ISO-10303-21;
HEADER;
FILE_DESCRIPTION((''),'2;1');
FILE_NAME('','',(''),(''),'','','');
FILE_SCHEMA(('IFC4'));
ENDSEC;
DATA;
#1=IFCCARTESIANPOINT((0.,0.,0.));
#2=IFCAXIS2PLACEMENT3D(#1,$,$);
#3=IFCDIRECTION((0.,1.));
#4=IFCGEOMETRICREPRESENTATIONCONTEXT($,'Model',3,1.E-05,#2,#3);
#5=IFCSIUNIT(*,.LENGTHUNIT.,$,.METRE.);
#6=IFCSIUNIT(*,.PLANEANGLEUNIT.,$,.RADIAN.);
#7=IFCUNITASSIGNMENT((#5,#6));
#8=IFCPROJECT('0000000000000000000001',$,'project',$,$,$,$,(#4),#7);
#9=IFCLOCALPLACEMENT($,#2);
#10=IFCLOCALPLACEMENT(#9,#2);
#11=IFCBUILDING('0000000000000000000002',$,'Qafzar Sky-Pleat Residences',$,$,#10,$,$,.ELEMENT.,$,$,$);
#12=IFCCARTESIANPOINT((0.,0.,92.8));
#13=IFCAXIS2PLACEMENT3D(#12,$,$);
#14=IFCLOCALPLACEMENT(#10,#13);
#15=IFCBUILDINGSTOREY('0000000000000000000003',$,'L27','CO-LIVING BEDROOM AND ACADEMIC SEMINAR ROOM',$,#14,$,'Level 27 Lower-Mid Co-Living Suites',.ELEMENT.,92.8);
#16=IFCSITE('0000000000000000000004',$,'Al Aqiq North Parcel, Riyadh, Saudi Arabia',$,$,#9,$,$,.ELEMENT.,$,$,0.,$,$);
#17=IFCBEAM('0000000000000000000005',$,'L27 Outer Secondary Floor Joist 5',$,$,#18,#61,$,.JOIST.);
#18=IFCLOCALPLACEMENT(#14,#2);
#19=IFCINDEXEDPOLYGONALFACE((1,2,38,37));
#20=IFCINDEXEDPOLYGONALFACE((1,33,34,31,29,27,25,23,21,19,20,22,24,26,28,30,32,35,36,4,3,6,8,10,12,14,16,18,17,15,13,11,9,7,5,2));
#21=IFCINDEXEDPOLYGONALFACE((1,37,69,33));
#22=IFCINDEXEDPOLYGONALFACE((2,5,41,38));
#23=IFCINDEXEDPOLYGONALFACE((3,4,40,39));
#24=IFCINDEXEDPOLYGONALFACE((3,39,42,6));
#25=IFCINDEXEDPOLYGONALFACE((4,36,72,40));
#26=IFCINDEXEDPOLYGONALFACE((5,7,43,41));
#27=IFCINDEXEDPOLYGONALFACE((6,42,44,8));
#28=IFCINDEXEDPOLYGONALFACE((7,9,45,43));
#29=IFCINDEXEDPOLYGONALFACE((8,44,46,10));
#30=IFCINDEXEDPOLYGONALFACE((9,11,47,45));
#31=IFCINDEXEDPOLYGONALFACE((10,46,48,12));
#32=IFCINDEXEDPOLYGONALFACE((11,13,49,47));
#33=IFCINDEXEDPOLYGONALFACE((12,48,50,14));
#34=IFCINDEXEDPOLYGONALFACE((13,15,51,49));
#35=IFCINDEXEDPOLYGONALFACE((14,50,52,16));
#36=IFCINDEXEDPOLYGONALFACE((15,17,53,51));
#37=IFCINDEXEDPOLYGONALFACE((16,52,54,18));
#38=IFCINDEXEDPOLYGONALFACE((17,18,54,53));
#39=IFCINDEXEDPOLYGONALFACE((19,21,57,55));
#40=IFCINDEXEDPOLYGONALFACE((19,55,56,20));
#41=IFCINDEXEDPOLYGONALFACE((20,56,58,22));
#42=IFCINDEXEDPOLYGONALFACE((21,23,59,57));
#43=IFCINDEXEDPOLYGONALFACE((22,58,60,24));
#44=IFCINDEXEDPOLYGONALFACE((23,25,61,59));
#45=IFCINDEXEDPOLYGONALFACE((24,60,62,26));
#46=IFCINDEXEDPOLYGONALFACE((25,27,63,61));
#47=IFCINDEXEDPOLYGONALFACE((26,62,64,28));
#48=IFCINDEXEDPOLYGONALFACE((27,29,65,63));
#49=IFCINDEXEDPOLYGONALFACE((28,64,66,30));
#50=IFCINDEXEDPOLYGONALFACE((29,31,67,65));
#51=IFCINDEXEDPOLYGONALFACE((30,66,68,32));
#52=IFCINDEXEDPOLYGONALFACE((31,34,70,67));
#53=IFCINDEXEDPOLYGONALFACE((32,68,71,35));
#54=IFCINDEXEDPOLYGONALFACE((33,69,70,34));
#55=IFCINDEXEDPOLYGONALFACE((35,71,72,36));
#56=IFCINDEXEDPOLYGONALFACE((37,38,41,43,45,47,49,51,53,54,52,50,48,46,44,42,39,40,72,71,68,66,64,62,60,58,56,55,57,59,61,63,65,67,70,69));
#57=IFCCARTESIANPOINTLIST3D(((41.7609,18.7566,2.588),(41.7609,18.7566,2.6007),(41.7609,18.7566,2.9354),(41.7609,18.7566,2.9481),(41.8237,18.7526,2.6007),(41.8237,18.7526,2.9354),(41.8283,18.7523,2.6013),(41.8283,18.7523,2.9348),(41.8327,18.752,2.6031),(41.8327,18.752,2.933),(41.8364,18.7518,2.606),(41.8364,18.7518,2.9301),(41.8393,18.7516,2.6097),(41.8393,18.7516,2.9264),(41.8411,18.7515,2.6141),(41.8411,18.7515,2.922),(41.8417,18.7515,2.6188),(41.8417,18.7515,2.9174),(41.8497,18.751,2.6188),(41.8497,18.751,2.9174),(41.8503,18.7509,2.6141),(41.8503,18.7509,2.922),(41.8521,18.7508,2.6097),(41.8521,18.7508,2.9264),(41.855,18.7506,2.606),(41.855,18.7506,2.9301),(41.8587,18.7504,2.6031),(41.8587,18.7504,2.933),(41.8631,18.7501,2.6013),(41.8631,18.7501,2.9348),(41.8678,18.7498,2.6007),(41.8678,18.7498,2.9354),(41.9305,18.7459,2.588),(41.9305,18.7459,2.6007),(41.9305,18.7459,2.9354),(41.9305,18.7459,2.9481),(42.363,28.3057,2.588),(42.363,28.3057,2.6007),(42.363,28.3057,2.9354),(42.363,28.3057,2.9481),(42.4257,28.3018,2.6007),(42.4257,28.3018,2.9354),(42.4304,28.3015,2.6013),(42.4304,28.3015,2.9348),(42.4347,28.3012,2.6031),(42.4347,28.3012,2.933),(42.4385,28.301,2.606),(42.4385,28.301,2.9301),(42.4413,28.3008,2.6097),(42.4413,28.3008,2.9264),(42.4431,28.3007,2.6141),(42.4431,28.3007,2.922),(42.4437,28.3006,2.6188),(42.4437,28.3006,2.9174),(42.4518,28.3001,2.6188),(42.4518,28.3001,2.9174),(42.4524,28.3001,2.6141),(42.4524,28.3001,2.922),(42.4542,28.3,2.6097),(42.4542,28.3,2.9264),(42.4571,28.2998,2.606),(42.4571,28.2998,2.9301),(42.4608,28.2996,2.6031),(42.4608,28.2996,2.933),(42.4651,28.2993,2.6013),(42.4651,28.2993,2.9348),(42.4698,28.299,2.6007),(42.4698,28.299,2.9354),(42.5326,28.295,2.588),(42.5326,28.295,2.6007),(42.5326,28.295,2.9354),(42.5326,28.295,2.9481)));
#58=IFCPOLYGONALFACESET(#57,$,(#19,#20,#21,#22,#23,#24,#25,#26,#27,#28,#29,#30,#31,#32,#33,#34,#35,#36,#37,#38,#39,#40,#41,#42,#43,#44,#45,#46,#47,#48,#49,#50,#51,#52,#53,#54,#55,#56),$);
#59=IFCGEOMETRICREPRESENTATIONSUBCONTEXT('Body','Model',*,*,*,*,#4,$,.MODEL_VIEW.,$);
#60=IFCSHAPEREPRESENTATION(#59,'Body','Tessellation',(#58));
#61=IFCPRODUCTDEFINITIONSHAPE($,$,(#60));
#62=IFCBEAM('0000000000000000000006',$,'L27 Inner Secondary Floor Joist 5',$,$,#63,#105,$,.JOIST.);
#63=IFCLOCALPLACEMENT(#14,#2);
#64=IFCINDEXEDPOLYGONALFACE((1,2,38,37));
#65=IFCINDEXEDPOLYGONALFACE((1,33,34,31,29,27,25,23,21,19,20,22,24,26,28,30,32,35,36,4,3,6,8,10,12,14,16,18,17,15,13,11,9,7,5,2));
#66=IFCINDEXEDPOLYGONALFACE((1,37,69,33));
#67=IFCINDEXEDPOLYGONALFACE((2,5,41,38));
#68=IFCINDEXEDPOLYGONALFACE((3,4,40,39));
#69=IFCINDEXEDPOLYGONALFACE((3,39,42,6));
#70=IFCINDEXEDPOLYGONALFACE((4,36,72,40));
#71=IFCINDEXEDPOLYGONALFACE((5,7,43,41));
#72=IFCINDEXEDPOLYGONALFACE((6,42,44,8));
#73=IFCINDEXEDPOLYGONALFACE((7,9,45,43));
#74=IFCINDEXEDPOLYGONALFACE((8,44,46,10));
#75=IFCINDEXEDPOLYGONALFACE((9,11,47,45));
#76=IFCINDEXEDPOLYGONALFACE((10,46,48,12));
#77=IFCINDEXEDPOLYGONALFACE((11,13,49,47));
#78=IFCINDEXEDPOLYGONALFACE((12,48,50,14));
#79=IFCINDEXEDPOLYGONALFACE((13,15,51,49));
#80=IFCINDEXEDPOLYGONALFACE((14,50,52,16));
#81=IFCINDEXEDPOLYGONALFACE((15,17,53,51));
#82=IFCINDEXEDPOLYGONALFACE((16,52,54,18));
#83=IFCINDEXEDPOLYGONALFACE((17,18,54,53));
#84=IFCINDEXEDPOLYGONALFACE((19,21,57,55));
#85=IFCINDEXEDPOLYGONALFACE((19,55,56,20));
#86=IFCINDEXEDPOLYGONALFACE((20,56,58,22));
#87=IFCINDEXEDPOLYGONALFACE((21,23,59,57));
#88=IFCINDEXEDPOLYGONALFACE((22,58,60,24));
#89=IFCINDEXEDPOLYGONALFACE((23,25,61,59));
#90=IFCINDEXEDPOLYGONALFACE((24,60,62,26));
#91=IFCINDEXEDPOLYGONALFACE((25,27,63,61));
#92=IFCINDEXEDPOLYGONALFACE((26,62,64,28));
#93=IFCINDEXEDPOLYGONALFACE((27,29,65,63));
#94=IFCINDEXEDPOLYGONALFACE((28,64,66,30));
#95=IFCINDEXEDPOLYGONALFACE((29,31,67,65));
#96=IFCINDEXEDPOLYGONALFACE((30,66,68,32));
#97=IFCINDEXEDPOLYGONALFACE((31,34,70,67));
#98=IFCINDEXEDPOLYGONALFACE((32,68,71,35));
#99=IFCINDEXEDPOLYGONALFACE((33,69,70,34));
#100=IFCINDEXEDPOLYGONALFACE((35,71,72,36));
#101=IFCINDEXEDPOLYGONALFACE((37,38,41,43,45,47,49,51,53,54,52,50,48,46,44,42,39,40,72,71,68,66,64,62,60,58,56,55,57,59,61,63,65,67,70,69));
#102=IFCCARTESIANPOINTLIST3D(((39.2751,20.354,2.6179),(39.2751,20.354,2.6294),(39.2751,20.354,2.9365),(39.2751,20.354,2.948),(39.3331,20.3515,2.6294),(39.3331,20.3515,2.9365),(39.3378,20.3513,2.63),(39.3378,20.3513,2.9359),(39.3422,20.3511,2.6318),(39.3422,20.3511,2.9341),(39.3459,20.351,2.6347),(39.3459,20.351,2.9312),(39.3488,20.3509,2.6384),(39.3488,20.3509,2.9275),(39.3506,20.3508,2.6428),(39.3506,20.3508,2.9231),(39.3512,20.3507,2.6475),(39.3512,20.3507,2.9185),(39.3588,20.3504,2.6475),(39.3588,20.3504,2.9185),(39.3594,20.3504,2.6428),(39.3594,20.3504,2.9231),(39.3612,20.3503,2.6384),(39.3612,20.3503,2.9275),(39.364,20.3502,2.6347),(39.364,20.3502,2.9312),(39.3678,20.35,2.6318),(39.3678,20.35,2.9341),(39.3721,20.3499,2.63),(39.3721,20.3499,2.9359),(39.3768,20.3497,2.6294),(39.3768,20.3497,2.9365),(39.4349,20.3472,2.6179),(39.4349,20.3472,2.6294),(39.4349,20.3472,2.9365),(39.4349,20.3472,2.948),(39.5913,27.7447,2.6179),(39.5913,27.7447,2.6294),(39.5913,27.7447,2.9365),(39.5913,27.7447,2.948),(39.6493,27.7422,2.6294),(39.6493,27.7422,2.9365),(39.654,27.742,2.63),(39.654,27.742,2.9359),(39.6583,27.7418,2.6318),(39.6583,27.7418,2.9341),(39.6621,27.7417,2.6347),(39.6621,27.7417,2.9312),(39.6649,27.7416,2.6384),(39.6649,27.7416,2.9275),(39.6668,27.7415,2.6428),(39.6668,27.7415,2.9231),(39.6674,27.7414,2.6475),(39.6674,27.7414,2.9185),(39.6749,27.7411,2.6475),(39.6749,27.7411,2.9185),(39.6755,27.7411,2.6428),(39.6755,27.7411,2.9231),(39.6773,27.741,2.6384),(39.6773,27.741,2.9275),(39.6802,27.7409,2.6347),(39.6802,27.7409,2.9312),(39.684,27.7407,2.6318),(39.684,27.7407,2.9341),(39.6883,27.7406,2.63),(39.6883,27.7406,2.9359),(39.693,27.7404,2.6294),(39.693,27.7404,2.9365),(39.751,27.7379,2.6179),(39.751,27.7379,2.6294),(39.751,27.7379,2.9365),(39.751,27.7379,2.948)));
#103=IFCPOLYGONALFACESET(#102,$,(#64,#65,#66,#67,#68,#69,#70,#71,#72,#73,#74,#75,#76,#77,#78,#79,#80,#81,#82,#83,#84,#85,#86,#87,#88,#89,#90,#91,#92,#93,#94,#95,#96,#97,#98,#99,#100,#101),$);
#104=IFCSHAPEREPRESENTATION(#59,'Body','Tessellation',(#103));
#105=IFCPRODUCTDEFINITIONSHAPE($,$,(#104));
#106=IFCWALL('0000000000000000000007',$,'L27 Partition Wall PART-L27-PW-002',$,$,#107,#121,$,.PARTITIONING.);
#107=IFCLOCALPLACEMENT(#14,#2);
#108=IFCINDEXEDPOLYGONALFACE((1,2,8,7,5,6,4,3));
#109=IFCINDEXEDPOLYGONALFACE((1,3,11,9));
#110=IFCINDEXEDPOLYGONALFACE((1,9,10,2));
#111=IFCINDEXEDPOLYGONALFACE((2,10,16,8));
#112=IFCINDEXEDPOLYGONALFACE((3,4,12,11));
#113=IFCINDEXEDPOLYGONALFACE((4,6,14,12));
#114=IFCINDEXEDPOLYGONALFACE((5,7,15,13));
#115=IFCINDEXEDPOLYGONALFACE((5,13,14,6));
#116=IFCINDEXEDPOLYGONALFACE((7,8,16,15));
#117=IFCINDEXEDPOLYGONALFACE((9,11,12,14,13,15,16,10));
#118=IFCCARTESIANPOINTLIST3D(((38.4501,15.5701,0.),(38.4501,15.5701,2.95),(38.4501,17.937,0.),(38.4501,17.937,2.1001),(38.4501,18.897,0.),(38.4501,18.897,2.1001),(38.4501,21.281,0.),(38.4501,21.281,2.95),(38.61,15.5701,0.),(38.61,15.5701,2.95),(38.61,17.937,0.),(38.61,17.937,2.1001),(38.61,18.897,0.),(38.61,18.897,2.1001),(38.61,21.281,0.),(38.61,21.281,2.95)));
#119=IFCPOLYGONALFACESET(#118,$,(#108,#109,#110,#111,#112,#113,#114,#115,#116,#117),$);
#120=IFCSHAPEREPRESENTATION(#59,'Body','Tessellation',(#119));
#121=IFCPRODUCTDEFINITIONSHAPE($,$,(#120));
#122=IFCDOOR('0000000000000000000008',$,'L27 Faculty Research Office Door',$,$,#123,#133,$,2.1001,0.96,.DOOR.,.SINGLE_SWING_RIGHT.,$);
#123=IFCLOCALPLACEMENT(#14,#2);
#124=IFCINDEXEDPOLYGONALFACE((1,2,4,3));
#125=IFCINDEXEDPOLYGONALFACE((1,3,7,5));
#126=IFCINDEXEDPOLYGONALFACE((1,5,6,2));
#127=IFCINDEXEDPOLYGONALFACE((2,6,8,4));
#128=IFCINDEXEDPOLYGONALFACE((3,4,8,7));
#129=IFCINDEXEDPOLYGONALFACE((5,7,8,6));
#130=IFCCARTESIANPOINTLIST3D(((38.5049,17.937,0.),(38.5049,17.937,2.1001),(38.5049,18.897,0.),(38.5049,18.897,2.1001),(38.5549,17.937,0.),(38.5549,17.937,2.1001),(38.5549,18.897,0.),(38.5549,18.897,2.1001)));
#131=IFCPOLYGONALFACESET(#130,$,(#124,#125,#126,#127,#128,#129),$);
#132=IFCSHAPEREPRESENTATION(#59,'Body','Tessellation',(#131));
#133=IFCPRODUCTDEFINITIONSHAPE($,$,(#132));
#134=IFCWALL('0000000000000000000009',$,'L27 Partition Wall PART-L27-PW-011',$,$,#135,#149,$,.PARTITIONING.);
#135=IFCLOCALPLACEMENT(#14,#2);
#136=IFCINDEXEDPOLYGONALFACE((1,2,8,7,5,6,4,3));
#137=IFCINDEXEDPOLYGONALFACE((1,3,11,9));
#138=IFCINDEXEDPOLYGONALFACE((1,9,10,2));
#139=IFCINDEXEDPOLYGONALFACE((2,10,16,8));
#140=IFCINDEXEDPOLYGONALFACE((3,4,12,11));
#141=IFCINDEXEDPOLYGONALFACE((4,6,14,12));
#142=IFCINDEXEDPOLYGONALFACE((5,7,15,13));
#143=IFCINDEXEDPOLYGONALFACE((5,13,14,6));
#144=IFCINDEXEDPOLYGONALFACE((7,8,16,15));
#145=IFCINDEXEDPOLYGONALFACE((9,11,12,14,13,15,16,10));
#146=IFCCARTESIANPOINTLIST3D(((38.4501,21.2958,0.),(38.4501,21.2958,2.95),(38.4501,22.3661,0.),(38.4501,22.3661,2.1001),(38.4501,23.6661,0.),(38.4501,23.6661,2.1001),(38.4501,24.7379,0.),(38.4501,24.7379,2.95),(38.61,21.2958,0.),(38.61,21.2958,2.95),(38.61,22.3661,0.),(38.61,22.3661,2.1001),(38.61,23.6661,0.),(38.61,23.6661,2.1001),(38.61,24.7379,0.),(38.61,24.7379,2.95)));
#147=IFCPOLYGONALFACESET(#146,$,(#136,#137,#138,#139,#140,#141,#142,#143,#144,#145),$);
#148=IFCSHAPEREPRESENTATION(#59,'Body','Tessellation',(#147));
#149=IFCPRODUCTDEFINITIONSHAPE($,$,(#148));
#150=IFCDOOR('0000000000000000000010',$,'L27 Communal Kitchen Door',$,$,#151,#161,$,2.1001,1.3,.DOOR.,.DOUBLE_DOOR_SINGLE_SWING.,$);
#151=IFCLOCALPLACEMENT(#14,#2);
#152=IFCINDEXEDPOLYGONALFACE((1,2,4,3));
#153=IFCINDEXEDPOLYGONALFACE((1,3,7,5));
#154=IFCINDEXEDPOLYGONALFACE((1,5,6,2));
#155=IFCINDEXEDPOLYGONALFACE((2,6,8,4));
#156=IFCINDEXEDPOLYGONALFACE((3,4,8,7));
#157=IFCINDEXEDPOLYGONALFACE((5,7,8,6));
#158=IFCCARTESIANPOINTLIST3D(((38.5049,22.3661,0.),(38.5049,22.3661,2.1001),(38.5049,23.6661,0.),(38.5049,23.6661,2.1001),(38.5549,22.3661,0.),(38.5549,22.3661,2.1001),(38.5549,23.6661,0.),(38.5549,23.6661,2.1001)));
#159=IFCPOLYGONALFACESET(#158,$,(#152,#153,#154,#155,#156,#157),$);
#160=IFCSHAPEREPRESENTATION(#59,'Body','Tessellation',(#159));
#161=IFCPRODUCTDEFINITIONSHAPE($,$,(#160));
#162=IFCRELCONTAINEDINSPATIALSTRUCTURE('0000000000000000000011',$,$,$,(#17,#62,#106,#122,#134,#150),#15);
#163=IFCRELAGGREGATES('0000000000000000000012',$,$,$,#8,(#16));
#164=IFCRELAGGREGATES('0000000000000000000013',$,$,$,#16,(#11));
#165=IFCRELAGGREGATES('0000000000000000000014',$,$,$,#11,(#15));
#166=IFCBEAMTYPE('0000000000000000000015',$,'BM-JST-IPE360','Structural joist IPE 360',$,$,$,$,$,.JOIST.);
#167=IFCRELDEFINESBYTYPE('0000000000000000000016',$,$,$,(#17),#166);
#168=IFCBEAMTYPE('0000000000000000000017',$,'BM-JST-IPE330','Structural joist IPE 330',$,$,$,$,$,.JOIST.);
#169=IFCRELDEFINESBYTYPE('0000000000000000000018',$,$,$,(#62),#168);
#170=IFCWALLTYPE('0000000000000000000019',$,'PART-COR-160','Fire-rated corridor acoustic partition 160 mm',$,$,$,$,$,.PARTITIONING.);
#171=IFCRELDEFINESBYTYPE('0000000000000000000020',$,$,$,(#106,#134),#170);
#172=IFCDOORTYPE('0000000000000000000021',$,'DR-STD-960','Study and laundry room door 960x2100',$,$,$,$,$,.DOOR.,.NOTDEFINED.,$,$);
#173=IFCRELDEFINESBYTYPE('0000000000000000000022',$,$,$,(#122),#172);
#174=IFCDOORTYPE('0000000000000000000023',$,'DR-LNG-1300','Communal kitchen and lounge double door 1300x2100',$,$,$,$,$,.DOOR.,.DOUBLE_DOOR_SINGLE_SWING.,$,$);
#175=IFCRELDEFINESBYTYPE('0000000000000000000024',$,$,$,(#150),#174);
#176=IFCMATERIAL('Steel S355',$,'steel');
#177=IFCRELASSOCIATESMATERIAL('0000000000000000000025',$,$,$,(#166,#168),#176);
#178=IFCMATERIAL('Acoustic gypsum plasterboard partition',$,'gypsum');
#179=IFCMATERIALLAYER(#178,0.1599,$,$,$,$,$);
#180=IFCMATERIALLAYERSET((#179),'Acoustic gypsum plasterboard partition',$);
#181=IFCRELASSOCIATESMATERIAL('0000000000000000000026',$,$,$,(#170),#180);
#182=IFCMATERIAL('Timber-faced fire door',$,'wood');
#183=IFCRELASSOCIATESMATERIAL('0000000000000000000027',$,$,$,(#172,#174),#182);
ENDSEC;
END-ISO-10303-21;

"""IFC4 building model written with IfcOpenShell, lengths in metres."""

from ifc_helpers import new_model, si_unit, direction, frame, frame_2d, origin, origin_2d, place, context, subcontext, project, spatial, rectangle, i_section, extrude, source, transform, mapped, material, layer, layer_set, material_profile, profile_set, type_object, element, fill, save


model = new_model("IFC4")

# Units and contexts
model_context = context("Model", 3, precision=1e-05, world=origin(), true_north=direction((0.0, 1.0)))
body_context = subcontext(model_context, "Body", "Model", "MODEL_VIEW")
ifc_project = project(units=[si_unit("LENGTHUNIT", "METRE"), si_unit("PLANEANGLEUNIT", "RADIAN")], contexts=[model_context])

# Site, building, storey
site_placement = place(None, origin())
site = spatial("IfcSite", under=ifc_project, at=site_placement, Name="Al Aqiq North Parcel, Riyadh, Saudi Arabia", CompositionType="ELEMENT", RefElevation=0.0)
building_placement = place(site_placement, origin())
building = spatial("IfcBuilding", under=site, at=building_placement, Name="Qafzar Sky-Pleat Residences", CompositionType="ELEMENT")
storey_placement = place(building_placement, frame((0.0, 0.0, 92.8)))
storey = spatial("IfcBuildingStorey", under=building, at=storey_placement, Name="L27", Description="CO-LIVING BEDROOM AND ACADEMIC SEMINAR ROOM", LongName="Level 27 Lower-Mid Co-Living Suites", CompositionType="ELEMENT", Elevation=92.8)

# Beams
ifc_material_1 = material(Name="Steel S355", Category="steel")
ifc_material_profile_1 = material_profile(ifc_material_1, i_section(OverallWidth=0.1699, OverallDepth=0.3601, WebThickness=0.0081, FlangeThickness=0.0127, FilletRadius=0.0181, at=origin_2d()), Name="IPE 360")
ifc_profile_set_1 = profile_set([ifc_material_profile_1], Name="Steel S355")
beam_type_1 = type_object("IfcBeamType", Name="BM-JST-IPE360", Description="Structural joist IPE 360", PredefinedType="JOIST", material=ifc_profile_set_1)
shared_shape_1 = source(origin(), body_context, "Body", "SweptSolid", [
    extrude(i_section(OverallWidth=0.1699, OverallDepth=0.3601, WebThickness=0.0081, FlangeThickness=0.0127, FilletRadius=0.0181, at=origin_2d()), origin(), (0.0, 0.0, 1.0), 9.5681),
])
beam_1_placement = place(storey_placement, frame((41.8457, 18.7512, 2.7681), z_axis=(0.062923, 0.998018, 0.0), x_axis=(-0.998018, 0.062923, 0.0)))
element("IfcBeam", 1, at=beam_1_placement, inside=storey, type_object=beam_type_1, Name="L27 Outer Secondary Floor Joist 5", PredefinedType="JOIST", context=body_context, shape_type="MappedRepresentation", body=[
    mapped(shared_shape_1, transform((0.0, 0.0, 0.0), x_axis=(1.0, 0.0, 0.0), y_axis=(0.0, 1.0, 0.0), z_axis=(0.0, 0.0, 1.0), scale=1.0)),
])
ifc_material_profile_2 = material_profile(ifc_material_1, i_section(OverallWidth=0.1599, OverallDepth=0.3301, WebThickness=0.0076, FlangeThickness=0.0115, FilletRadius=0.0181, at=origin_2d()), Name="IPE 330")
ifc_profile_set_2 = profile_set([ifc_material_profile_2], Name="Steel S355")
beam_type_2 = type_object("IfcBeamType", Name="BM-JST-IPE330", Description="Structural joist IPE 330", PredefinedType="JOIST", material=ifc_profile_set_2)
shared_shape_2 = source(origin(), body_context, "Body", "SweptSolid", [
    extrude(i_section(OverallWidth=0.1599, OverallDepth=0.3301, WebThickness=0.0076, FlangeThickness=0.0115, FilletRadius=0.0181, at=origin_2d()), origin(), (0.0, 0.0, 1.0), 7.3975),
])
beam_2_placement = place(storey_placement, frame((39.355, 20.3506, 2.783), z_axis=(0.04274, 0.999086, 0.0), x_axis=(-0.999086, 0.04274, 0.0)))
element("IfcBeam", 2, at=beam_2_placement, inside=storey, type_object=beam_type_2, Name="L27 Inner Secondary Floor Joist 5", PredefinedType="JOIST", context=body_context, shape_type="MappedRepresentation", body=[
    mapped(shared_shape_2, transform((0.0, 0.0, 0.0), x_axis=(1.0, 0.0, 0.0), y_axis=(0.0, 1.0, 0.0), z_axis=(0.0, 0.0, 1.0), scale=1.0)),
])

# Walls, openings, doors
ifc_material_2 = material(Name="Acoustic gypsum plasterboard partition", Category="gypsum")
ifc_layer_1 = layer(ifc_material_2, 0.1599)
ifc_layer_set_1 = layer_set([ifc_layer_1], Name="Acoustic gypsum plasterboard partition")
wall_type_1 = type_object("IfcWallType", Name="PART-COR-160", Description="Fire-rated corridor acoustic partition 160 mm", PredefinedType="PARTITIONING", material=ifc_layer_set_1)
wall_1_placement = place(storey_placement, frame((38.53, 21.281, 0.0), z_axis=(0.0, 0.0, 1.0), x_axis=(0.0, -1.0, 0.0)))
wall_1 = element("IfcWall", 3, at=wall_1_placement, inside=storey, type_object=wall_type_1, Name="L27 Partition Wall PART-L27-PW-002", PredefinedType="PARTITIONING", context=body_context, shape_type="SweptSolid", body=[
    extrude(rectangle(XDim=5.7109, YDim=0.1599, at=frame_2d((2.8555, 0.0))), origin(), (0.0, 0.0, 1.0), 2.95),
])
opening_1_placement = place(wall_1_placement, frame((2.384, 0.0, 0.0)))
opening_1 = element("IfcOpeningElement", 4, at=opening_1_placement, cuts=wall_1, PredefinedType="OPENING", context=body_context, shape_type="SweptSolid", body=[
    extrude(rectangle(XDim=0.96, YDim=2.1001, at=frame_2d((0.48, 1.05))), frame((0.0, 0.0898, 0.0), z_axis=(0.0, -1.0, 0.0), x_axis=(1.0, 0.0, 0.0)), (0.0, 0.0, 1.0), 0.1799),
])
ifc_material_3 = material(Name="Timber-faced fire door", Category="wood")
door_type_1 = type_object("IfcDoorType", Name="DR-STD-960", Description="Study and laundry room door 960x2100", OperationType="NOTDEFINED", PredefinedType="DOOR", material=ifc_material_3)
shared_shape_3 = source(origin(), body_context, "Body", "SweptSolid", [
    extrude(rectangle(XDim=0.96, YDim=2.1001, at=frame_2d((0.48, 1.05))), frame((0.0, 0.0249, 0.0), z_axis=(0.0, -1.0, 0.0), x_axis=(1.0, 0.0, 0.0)), (0.0, 0.0, 1.0), 0.05),
])
door_1_placement = place(opening_1_placement, origin())
door_1 = element("IfcDoor", 5, at=door_1_placement, inside=storey, type_object=door_type_1, Name="L27 Faculty Research Office Door", OperationType="SINGLE_SWING_RIGHT", OverallHeight=2.1001, OverallWidth=0.96, PredefinedType="DOOR", context=body_context, shape_type="MappedRepresentation", body=[
    mapped(shared_shape_3, transform((0.0, 0.0, 0.0), x_axis=(1.0, 0.0, 0.0), y_axis=(0.0, 1.0, 0.0), z_axis=(0.0, 0.0, 1.0), scale=1.0)),
])
fill(opening_1, door_1)
wall_2_placement = place(storey_placement, frame((38.53, 24.738, 0.0), z_axis=(0.0, 0.0, 1.0), x_axis=(0.0, -1.0, 0.0)))
wall_2 = element("IfcWall", 6, at=wall_2_placement, inside=storey, type_object=wall_type_1, Name="L27 Partition Wall PART-L27-PW-011", PredefinedType="PARTITIONING", context=body_context, shape_type="SweptSolid", body=[
    extrude(rectangle(XDim=3.4421, YDim=0.1599, at=frame_2d((1.7212, 0.0))), origin(), (0.0, 0.0, 1.0), 2.95),
])
opening_2_placement = place(wall_2_placement, frame((1.072, 0.0, 0.0)))
opening_2 = element("IfcOpeningElement", 7, at=opening_2_placement, cuts=wall_2, PredefinedType="OPENING", context=body_context, shape_type="SweptSolid", body=[
    extrude(rectangle(XDim=1.3, YDim=2.1001, at=frame_2d((0.6499, 1.05))), frame((0.0, 0.0898, 0.0), z_axis=(0.0, -1.0, 0.0), x_axis=(1.0, 0.0, 0.0)), (0.0, 0.0, 1.0), 0.1799),
])
door_type_2 = type_object("IfcDoorType", Name="DR-LNG-1300", Description="Communal kitchen and lounge double door 1300x2100", OperationType="DOUBLE_DOOR_SINGLE_SWING", PredefinedType="DOOR", material=ifc_material_3)
shared_shape_4 = source(origin(), body_context, "Body", "SweptSolid", [
    extrude(rectangle(XDim=1.3, YDim=2.1001, at=frame_2d((0.6499, 1.05))), frame((0.0, 0.0249, 0.0), z_axis=(0.0, -1.0, 0.0), x_axis=(1.0, 0.0, 0.0)), (0.0, 0.0, 1.0), 0.05),
])
door_2_placement = place(opening_2_placement, origin())
door_2 = element("IfcDoor", 8, at=door_2_placement, inside=storey, type_object=door_type_2, Name="L27 Communal Kitchen Door", OperationType="DOUBLE_DOOR_SINGLE_SWING", OverallHeight=2.1001, OverallWidth=1.3, PredefinedType="DOOR", context=body_context, shape_type="MappedRepresentation", body=[
    mapped(shared_shape_4, transform((0.0, 0.0, 0.0), x_axis=(1.0, 0.0, 0.0), y_axis=(0.0, 1.0, 0.0), z_axis=(0.0, 0.0, 1.0), scale=1.0)),
])
fill(opening_2, door_2)

save(model, "model.ifc")
